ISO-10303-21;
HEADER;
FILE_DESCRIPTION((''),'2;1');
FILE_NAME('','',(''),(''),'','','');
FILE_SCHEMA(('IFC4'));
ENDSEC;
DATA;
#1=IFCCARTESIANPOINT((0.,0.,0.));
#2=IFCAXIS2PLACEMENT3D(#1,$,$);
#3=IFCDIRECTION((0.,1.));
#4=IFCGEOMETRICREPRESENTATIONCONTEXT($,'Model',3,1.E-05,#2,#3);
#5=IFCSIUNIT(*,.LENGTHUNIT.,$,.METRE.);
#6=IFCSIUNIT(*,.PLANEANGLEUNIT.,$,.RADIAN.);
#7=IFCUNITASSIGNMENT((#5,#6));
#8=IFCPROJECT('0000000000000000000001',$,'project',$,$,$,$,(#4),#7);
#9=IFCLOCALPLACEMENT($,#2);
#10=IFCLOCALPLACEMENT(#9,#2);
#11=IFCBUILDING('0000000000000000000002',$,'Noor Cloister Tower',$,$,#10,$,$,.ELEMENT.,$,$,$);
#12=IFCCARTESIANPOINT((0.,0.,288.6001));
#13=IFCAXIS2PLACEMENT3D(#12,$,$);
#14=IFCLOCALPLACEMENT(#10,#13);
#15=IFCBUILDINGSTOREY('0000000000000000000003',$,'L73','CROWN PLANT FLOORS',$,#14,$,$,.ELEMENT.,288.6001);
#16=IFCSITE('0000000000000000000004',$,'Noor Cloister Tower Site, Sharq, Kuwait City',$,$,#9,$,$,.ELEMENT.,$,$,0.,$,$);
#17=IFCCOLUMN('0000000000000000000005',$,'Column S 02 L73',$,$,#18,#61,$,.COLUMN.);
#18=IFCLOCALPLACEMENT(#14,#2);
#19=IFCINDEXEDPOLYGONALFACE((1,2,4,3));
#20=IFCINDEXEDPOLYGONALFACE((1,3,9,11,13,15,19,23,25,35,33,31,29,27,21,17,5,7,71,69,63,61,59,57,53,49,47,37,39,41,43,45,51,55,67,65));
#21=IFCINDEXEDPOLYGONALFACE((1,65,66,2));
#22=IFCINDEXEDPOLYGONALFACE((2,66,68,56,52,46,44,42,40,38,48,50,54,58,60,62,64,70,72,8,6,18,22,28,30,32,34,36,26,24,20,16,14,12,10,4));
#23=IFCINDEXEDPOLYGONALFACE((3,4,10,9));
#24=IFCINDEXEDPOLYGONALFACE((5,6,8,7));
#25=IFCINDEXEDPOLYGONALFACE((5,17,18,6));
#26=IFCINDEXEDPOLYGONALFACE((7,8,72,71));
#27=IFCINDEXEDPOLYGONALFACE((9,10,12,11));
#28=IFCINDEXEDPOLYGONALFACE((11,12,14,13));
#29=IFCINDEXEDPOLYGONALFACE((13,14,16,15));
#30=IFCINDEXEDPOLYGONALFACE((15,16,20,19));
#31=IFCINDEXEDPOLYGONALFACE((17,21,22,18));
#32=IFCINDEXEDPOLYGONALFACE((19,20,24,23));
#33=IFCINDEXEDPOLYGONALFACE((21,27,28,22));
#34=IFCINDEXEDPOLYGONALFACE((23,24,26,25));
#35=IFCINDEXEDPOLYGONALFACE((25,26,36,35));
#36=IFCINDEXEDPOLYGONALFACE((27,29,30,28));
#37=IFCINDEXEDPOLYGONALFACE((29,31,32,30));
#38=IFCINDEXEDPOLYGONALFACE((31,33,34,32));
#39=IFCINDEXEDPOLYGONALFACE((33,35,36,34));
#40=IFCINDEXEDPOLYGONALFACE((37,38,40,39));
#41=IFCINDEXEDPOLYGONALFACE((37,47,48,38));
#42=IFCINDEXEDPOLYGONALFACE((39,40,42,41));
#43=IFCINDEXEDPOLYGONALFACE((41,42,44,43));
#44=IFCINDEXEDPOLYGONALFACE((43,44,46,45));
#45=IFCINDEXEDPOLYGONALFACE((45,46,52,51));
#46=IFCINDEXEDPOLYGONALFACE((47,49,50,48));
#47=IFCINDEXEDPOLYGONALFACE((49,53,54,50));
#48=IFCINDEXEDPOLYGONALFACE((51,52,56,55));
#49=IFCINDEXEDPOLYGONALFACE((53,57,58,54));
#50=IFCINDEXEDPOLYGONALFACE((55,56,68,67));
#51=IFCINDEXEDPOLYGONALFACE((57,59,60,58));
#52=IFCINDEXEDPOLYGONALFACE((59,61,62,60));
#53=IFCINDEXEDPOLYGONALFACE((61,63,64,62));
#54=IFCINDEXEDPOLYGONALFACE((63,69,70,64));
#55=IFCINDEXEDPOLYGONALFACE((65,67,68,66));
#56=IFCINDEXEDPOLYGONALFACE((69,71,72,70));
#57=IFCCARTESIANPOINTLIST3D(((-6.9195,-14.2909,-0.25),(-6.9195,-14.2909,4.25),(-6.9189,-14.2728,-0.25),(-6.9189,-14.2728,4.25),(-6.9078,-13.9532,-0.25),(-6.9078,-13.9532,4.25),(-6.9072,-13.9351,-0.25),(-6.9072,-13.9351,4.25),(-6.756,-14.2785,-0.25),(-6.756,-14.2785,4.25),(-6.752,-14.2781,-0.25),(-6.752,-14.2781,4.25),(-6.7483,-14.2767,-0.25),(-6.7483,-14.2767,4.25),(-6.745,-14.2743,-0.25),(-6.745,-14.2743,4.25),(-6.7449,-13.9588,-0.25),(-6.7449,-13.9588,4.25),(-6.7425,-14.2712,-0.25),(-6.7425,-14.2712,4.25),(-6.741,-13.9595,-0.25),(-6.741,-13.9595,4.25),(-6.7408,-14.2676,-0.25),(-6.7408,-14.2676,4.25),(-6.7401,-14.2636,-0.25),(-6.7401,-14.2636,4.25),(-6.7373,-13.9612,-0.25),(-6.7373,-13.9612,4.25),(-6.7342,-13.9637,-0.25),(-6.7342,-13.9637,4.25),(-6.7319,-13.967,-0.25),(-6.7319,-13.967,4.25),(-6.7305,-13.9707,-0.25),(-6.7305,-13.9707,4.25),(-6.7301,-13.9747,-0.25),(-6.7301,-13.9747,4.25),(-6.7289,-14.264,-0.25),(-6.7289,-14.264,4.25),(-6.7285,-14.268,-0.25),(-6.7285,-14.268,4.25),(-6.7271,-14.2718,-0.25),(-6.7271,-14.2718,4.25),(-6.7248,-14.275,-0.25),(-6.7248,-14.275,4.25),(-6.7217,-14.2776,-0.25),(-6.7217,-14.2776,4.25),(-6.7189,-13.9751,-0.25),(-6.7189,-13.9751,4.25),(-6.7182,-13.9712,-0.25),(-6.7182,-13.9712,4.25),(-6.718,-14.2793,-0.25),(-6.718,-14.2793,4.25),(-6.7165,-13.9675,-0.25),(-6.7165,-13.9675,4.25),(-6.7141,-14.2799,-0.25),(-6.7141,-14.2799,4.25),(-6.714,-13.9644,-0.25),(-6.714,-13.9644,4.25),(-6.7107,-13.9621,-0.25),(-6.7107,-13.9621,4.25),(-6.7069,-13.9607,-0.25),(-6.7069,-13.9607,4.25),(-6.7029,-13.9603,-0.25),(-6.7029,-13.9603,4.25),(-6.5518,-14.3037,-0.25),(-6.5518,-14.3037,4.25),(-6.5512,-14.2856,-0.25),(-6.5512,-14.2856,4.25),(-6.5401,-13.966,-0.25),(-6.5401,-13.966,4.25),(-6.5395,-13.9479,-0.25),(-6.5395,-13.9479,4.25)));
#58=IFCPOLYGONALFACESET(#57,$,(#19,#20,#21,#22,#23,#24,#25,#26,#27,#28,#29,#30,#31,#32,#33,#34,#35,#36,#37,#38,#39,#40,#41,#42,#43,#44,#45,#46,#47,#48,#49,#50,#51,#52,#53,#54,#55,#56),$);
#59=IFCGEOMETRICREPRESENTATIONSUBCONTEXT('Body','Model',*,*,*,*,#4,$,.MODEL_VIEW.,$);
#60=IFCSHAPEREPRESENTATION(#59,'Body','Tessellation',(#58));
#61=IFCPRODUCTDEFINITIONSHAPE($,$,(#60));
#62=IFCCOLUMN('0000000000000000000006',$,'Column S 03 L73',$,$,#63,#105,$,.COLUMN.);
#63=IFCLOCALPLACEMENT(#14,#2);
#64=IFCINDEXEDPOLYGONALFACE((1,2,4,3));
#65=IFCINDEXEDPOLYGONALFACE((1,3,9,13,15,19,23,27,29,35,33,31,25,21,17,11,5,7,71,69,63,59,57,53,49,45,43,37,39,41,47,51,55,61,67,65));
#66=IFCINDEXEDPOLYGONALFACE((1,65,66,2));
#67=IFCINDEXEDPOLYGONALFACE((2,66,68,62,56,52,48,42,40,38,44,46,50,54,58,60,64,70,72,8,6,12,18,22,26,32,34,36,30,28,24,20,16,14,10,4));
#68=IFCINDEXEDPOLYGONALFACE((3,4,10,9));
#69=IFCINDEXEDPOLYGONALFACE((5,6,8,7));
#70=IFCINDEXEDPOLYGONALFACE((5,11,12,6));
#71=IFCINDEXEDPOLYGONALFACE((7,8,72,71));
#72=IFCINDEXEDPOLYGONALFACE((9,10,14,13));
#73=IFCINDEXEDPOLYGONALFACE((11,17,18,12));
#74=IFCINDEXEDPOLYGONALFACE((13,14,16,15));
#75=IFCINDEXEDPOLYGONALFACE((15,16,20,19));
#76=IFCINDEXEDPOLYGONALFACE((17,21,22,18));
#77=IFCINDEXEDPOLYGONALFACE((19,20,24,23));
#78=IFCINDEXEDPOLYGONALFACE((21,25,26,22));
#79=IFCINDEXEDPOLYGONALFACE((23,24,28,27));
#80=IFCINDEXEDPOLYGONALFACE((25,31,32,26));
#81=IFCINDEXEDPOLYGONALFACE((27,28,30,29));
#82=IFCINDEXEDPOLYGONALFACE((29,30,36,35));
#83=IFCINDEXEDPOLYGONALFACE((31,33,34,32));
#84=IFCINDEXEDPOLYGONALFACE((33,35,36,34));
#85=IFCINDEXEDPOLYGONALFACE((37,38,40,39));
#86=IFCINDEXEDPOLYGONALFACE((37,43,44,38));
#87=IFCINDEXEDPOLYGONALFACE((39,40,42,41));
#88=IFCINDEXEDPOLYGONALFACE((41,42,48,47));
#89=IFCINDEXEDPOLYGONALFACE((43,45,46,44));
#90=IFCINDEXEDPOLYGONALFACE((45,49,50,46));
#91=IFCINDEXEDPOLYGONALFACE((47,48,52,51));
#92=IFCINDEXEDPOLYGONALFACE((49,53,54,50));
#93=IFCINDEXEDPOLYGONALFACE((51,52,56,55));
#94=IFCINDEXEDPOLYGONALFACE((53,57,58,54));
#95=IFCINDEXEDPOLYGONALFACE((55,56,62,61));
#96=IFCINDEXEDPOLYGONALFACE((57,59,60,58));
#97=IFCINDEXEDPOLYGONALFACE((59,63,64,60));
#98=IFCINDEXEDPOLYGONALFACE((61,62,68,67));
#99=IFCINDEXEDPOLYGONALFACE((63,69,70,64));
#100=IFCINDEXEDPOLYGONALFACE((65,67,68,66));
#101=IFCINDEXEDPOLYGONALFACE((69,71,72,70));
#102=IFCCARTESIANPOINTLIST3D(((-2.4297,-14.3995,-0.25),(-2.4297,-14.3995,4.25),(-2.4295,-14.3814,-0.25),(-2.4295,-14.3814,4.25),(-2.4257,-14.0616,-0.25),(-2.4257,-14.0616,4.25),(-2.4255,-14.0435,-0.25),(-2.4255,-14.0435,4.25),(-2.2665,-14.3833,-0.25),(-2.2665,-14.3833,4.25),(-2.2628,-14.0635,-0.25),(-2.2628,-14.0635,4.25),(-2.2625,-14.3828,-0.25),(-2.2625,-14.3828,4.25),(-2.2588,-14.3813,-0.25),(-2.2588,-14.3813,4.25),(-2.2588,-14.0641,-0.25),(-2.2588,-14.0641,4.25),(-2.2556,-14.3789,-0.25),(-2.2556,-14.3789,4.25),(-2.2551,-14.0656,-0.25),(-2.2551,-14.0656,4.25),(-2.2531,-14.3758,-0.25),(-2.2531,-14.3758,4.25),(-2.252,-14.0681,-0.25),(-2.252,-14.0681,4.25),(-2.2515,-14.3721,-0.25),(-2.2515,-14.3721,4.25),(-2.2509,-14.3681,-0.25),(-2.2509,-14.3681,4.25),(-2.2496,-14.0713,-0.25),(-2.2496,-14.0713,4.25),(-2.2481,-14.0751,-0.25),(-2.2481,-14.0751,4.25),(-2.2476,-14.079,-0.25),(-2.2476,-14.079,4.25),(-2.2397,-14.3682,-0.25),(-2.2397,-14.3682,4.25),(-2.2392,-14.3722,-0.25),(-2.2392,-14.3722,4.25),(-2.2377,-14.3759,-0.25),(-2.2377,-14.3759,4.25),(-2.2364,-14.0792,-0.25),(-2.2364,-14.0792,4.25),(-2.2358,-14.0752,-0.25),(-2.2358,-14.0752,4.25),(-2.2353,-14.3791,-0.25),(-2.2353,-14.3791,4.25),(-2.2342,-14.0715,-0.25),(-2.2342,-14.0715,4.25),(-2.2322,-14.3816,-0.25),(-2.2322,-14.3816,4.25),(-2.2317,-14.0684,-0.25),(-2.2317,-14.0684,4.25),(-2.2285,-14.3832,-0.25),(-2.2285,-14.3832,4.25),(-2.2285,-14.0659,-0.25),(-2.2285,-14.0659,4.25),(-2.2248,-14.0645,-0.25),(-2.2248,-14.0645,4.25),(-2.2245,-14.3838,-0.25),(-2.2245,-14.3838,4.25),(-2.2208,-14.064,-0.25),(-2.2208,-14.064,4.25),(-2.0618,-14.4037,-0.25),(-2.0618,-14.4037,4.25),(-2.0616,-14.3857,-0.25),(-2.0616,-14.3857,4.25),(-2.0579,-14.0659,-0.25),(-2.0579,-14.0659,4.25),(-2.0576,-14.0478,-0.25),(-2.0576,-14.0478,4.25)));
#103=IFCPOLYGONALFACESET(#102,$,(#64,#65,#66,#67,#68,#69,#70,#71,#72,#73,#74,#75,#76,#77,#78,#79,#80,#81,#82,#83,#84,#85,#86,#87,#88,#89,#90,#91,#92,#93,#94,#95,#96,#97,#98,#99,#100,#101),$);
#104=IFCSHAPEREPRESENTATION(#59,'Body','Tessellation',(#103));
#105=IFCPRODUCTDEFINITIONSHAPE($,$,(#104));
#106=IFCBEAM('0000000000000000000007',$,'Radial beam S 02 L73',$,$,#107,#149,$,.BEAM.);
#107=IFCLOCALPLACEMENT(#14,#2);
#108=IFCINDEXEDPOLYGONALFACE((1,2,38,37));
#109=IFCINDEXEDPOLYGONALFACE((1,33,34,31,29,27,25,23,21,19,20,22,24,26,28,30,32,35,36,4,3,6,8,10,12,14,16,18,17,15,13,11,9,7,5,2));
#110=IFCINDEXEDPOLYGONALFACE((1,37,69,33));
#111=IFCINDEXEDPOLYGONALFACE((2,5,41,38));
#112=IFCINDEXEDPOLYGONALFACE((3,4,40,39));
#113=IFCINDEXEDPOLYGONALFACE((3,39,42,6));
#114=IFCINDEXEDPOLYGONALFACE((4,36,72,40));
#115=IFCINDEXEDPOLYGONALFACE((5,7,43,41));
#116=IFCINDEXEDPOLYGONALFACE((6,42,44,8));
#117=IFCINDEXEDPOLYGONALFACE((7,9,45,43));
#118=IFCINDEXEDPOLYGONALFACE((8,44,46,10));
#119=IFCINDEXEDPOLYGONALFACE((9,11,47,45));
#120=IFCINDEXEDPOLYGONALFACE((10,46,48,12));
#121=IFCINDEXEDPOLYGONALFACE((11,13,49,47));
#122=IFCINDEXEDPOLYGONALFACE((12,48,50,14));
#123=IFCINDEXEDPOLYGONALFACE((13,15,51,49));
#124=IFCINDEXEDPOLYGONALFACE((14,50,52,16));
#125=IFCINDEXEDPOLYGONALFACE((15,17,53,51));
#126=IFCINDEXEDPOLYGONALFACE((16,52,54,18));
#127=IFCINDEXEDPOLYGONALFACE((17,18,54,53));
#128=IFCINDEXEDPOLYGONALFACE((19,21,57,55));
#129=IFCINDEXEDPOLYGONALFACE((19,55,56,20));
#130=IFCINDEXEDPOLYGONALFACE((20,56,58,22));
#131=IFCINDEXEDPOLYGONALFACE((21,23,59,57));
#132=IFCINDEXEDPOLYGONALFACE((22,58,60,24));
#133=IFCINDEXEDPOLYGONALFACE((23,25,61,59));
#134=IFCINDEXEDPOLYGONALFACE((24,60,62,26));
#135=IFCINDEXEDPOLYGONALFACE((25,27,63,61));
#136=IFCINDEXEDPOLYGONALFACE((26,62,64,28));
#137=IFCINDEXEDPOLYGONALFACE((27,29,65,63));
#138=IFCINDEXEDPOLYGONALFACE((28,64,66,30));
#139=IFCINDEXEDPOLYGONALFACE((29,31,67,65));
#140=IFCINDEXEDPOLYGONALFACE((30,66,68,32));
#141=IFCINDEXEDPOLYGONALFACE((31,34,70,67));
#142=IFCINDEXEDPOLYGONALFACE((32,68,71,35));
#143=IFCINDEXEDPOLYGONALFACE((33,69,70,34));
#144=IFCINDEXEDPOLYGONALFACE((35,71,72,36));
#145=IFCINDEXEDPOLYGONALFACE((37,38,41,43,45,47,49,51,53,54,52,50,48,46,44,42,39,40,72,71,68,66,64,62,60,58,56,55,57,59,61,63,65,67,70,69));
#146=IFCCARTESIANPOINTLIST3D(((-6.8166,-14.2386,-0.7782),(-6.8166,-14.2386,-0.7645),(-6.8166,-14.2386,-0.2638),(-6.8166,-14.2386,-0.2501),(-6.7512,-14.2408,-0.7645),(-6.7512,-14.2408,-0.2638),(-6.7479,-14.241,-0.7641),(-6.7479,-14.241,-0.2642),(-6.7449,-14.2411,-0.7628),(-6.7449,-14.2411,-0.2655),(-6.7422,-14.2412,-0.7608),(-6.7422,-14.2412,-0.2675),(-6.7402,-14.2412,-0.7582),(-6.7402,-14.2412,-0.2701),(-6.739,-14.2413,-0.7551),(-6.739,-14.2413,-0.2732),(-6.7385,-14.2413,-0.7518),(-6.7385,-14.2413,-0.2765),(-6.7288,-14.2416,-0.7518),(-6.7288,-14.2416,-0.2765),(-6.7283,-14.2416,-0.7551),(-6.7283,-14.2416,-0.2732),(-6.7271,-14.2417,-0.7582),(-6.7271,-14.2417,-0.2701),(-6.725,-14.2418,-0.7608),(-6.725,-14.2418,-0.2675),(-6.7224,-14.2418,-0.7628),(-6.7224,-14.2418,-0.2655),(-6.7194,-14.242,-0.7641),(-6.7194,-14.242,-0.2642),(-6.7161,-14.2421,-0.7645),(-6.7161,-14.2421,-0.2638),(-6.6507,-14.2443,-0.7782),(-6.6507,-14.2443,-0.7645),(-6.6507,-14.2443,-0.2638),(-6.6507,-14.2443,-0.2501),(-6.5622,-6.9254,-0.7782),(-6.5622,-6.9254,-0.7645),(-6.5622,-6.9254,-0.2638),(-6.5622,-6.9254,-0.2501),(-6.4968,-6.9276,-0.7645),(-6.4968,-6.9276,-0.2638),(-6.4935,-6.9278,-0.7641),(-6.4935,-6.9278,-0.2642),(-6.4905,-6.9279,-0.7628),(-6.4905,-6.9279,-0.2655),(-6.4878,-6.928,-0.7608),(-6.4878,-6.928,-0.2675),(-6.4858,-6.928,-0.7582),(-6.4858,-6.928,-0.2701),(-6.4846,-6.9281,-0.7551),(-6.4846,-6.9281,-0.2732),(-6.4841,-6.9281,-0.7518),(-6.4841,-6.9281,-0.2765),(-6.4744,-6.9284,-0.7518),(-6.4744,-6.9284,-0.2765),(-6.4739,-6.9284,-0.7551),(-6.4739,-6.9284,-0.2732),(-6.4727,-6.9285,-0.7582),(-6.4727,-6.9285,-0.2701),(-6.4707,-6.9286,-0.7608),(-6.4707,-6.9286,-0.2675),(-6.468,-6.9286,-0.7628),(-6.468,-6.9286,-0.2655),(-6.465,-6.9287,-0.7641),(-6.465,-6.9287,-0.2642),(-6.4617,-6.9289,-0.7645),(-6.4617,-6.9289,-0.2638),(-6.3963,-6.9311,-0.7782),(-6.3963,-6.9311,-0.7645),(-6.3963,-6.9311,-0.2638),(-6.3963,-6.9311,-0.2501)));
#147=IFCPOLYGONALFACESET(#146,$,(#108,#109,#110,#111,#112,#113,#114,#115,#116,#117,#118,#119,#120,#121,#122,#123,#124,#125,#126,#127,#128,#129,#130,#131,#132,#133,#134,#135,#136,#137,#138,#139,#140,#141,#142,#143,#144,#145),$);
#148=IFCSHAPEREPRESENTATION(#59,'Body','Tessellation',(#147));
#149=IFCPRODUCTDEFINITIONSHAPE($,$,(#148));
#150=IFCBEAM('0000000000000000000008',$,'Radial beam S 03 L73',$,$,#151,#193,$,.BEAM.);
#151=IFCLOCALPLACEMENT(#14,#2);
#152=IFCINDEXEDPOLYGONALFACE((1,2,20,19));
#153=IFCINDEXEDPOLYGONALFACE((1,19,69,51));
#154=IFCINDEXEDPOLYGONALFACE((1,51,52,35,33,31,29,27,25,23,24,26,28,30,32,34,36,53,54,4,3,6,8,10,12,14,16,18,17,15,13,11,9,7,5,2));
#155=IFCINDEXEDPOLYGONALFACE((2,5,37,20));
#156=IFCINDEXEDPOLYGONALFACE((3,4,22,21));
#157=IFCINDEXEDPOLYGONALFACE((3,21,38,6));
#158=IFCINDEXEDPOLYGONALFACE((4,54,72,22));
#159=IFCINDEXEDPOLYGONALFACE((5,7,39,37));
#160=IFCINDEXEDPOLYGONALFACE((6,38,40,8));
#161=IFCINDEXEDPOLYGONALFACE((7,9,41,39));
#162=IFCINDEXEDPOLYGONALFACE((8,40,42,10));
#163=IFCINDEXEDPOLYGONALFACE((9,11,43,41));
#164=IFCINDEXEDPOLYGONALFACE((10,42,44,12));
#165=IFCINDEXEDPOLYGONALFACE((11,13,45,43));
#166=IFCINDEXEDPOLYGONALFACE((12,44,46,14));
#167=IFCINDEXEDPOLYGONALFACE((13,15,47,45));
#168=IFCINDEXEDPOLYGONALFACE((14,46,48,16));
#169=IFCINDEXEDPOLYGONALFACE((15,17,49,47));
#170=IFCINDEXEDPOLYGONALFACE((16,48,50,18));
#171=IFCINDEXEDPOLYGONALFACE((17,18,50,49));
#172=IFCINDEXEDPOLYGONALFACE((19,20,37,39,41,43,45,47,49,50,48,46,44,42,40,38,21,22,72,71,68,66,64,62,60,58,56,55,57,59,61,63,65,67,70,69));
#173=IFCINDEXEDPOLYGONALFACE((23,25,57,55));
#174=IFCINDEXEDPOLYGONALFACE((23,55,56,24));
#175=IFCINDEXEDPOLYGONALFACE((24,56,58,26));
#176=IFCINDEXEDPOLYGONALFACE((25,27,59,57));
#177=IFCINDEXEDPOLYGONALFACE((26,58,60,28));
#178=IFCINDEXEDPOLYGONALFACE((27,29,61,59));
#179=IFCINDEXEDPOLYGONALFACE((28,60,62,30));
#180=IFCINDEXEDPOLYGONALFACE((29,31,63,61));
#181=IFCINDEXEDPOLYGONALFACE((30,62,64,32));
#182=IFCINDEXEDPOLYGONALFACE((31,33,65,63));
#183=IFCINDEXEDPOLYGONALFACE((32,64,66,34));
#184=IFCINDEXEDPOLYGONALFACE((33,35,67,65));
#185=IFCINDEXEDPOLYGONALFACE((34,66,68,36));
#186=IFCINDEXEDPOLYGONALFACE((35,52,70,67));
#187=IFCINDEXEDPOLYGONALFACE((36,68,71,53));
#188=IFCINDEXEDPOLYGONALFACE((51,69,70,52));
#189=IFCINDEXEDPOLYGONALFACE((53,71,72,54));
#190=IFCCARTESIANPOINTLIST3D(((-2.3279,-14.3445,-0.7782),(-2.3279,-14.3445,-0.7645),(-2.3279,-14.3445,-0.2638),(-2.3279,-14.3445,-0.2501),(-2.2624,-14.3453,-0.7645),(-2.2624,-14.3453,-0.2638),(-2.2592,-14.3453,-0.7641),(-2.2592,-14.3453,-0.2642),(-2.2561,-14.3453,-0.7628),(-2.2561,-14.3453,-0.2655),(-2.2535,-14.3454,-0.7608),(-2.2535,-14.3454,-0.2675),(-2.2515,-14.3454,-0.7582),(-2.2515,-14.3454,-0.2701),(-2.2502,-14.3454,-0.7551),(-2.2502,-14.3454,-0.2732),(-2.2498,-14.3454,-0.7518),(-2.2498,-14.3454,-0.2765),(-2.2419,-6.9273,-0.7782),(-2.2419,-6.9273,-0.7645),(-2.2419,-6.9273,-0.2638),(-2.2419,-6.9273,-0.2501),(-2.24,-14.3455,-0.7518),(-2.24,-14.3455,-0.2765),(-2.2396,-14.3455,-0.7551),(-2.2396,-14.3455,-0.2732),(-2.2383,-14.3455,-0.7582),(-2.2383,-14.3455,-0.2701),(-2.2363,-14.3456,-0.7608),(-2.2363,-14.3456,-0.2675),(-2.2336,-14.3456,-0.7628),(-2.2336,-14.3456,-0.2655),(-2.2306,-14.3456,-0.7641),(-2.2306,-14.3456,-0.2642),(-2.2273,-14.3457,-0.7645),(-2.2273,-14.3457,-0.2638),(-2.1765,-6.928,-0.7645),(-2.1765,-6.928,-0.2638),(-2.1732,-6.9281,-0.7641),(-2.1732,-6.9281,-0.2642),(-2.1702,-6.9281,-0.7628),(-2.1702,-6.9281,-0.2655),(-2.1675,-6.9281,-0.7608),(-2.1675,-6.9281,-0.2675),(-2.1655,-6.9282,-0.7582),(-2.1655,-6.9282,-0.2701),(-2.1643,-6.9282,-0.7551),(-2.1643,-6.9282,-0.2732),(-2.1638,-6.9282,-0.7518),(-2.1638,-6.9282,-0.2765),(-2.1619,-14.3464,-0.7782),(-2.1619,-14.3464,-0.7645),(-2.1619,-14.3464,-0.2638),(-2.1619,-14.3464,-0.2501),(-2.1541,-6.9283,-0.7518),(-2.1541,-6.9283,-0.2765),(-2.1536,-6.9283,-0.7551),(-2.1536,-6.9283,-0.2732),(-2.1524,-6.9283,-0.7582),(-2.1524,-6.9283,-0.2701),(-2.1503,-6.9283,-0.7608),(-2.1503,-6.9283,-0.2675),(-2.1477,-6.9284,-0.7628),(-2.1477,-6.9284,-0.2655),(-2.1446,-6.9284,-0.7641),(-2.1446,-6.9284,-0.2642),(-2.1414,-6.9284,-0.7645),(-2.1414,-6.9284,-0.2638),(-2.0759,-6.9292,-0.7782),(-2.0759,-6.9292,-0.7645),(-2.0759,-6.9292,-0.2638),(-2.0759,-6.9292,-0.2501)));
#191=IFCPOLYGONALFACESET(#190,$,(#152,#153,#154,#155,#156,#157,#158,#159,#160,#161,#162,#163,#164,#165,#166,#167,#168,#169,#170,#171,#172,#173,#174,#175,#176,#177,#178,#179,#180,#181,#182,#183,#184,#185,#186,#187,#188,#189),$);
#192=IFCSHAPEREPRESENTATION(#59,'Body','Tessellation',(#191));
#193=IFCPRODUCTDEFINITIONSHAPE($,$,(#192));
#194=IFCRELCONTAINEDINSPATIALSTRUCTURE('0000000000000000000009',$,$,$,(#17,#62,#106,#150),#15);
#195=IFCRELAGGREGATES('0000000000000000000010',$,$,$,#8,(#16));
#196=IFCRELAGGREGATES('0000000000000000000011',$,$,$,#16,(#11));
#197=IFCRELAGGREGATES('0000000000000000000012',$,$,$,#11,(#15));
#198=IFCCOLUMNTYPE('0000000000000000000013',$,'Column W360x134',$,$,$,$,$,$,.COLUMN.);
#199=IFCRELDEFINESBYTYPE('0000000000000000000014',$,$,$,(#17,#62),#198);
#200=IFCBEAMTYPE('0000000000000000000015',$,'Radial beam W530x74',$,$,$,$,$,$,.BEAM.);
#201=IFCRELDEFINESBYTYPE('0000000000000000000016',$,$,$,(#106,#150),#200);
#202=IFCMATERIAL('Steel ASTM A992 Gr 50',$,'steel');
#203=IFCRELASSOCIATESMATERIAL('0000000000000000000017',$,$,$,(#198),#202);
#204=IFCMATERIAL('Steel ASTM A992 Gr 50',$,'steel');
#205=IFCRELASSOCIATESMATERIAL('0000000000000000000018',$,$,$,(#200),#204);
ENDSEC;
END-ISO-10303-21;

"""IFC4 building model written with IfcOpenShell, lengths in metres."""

from ifc_helpers import new_model, si_unit, direction, frame, origin, origin_2d, place, context, subcontext, project, spatial, i_section, extrude, material, material_profile, profile_set, type_object, element, save


model = new_model("IFC4")

# Units and contexts
model_context = context("Model", 3, precision=1e-05, world=origin(), true_north=direction((0.0, 1.0)))
body_context = subcontext(model_context, "Body", "Model", "MODEL_VIEW")
ifc_project = project(units=[si_unit("LENGTHUNIT", "METRE"), si_unit("PLANEANGLEUNIT", "RADIAN")], contexts=[model_context])

# Site, building, storey
site_placement = place(None, origin())
site = spatial("IfcSite", under=ifc_project, at=site_placement, Name="Noor Cloister Tower Site, Sharq, Kuwait City", CompositionType="ELEMENT", RefElevation=0.0)
building_placement = place(site_placement, origin())
building = spatial("IfcBuilding", under=site, at=building_placement, Name="Noor Cloister Tower", CompositionType="ELEMENT")
storey_placement = place(building_placement, frame((0.0, 0.0, 288.6001)))
storey = spatial("IfcBuildingStorey", under=building, at=storey_placement, Name="L73", Description="CROWN PLANT FLOORS", CompositionType="ELEMENT", Elevation=288.6001)

# Columns
ifc_material_1 = material(Name="Steel ASTM A992 Gr 50", Category="steel")
ifc_material_profile_1 = material_profile(ifc_material_1, i_section(OverallWidth=0.3679, OverallDepth=0.356, WebThickness=0.0112, FlangeThickness=0.0181, FilletRadius=0.0154, at=origin_2d()), Name="W360x134")
ifc_profile_set_1 = profile_set([ifc_material_profile_1], Name="Steel ASTM A992 Gr 50")
column_type = type_object("IfcColumnType", Name="Column W360x134", PredefinedType="COLUMN", material=ifc_profile_set_1)
for number, where, z_axis, x_axis, name in (
    (1, (-6.7295, -14.1194, -0.25), (0.0, 0.0, 1.0), (0.999395, -0.034782, 0.0), "Column S 02 L73"),
    (2, (-2.2437, -14.2236, -0.25), (0.0, 0.0, 1.0), (0.999933, -0.011596, 0.0), "Column S 03 L73"),
):
    element("IfcColumn", number, at=place(storey_placement, frame(where, z_axis=z_axis, x_axis=x_axis)), inside=storey, type_object=column_type, Name=name, PredefinedType="COLUMN", context=body_context, shape_type="SweptSolid", body=[
        extrude(i_section(OverallWidth=0.3679, OverallDepth=0.356, WebThickness=0.0112, FlangeThickness=0.0181, FilletRadius=0.0154, at=origin_2d()), origin(), (0.0, 0.0, 1.0), 4.5),
    ])

# Beams
ifc_material_2 = material(Name="Steel ASTM A992 Gr 50", Category="steel")
ifc_material_profile_2 = material_profile(ifc_material_2, i_section(OverallWidth=0.166, OverallDepth=0.5281, WebThickness=0.0098, FlangeThickness=0.0137, FilletRadius=0.0127, at=origin_2d()), Name="W530x74")
ifc_profile_set_2 = profile_set([ifc_material_profile_2], Name="Steel ASTM A992 Gr 50")
beam_type_1 = type_object("IfcBeamType", Name="Radial beam W530x74", PredefinedType="BEAM", material=ifc_profile_set_2)
beam_1_placement = place(storey_placement, frame((-6.7336, -14.2415, -0.5142), z_axis=(0.034764, 0.999396, 0.0), x_axis=(-0.999396, 0.034764, 0.0)))
element("IfcBeam", 3, at=beam_1_placement, inside=storey, type_object=beam_type_1, Name="Radial beam S 02 L73", PredefinedType="BEAM", context=body_context, shape_type="SweptSolid", body=[
    extrude(i_section(OverallWidth=0.166, OverallDepth=0.5281, WebThickness=0.0098, FlangeThickness=0.0137, FilletRadius=0.0127, at=origin_2d()), origin(), (0.0, 0.0, 1.0), 7.3176),
])
beam_2_placement = place(storey_placement, frame((-2.2449, -14.3455, -0.5142), z_axis=(0.011585, 0.999933, 0.0), x_axis=(-0.999933, 0.011585, 0.0)))
element("IfcBeam", 4, at=beam_2_placement, inside=storey, type_object=beam_type_1, Name="Radial beam S 03 L73", PredefinedType="BEAM", context=body_context, shape_type="SweptSolid", body=[
    extrude(i_section(OverallWidth=0.166, OverallDepth=0.5281, WebThickness=0.0098, FlangeThickness=0.0137, FilletRadius=0.0127, at=origin_2d()), origin(), (0.0, 0.0, 1.0), 7.4177),
])

save(model, "model.ifc")
